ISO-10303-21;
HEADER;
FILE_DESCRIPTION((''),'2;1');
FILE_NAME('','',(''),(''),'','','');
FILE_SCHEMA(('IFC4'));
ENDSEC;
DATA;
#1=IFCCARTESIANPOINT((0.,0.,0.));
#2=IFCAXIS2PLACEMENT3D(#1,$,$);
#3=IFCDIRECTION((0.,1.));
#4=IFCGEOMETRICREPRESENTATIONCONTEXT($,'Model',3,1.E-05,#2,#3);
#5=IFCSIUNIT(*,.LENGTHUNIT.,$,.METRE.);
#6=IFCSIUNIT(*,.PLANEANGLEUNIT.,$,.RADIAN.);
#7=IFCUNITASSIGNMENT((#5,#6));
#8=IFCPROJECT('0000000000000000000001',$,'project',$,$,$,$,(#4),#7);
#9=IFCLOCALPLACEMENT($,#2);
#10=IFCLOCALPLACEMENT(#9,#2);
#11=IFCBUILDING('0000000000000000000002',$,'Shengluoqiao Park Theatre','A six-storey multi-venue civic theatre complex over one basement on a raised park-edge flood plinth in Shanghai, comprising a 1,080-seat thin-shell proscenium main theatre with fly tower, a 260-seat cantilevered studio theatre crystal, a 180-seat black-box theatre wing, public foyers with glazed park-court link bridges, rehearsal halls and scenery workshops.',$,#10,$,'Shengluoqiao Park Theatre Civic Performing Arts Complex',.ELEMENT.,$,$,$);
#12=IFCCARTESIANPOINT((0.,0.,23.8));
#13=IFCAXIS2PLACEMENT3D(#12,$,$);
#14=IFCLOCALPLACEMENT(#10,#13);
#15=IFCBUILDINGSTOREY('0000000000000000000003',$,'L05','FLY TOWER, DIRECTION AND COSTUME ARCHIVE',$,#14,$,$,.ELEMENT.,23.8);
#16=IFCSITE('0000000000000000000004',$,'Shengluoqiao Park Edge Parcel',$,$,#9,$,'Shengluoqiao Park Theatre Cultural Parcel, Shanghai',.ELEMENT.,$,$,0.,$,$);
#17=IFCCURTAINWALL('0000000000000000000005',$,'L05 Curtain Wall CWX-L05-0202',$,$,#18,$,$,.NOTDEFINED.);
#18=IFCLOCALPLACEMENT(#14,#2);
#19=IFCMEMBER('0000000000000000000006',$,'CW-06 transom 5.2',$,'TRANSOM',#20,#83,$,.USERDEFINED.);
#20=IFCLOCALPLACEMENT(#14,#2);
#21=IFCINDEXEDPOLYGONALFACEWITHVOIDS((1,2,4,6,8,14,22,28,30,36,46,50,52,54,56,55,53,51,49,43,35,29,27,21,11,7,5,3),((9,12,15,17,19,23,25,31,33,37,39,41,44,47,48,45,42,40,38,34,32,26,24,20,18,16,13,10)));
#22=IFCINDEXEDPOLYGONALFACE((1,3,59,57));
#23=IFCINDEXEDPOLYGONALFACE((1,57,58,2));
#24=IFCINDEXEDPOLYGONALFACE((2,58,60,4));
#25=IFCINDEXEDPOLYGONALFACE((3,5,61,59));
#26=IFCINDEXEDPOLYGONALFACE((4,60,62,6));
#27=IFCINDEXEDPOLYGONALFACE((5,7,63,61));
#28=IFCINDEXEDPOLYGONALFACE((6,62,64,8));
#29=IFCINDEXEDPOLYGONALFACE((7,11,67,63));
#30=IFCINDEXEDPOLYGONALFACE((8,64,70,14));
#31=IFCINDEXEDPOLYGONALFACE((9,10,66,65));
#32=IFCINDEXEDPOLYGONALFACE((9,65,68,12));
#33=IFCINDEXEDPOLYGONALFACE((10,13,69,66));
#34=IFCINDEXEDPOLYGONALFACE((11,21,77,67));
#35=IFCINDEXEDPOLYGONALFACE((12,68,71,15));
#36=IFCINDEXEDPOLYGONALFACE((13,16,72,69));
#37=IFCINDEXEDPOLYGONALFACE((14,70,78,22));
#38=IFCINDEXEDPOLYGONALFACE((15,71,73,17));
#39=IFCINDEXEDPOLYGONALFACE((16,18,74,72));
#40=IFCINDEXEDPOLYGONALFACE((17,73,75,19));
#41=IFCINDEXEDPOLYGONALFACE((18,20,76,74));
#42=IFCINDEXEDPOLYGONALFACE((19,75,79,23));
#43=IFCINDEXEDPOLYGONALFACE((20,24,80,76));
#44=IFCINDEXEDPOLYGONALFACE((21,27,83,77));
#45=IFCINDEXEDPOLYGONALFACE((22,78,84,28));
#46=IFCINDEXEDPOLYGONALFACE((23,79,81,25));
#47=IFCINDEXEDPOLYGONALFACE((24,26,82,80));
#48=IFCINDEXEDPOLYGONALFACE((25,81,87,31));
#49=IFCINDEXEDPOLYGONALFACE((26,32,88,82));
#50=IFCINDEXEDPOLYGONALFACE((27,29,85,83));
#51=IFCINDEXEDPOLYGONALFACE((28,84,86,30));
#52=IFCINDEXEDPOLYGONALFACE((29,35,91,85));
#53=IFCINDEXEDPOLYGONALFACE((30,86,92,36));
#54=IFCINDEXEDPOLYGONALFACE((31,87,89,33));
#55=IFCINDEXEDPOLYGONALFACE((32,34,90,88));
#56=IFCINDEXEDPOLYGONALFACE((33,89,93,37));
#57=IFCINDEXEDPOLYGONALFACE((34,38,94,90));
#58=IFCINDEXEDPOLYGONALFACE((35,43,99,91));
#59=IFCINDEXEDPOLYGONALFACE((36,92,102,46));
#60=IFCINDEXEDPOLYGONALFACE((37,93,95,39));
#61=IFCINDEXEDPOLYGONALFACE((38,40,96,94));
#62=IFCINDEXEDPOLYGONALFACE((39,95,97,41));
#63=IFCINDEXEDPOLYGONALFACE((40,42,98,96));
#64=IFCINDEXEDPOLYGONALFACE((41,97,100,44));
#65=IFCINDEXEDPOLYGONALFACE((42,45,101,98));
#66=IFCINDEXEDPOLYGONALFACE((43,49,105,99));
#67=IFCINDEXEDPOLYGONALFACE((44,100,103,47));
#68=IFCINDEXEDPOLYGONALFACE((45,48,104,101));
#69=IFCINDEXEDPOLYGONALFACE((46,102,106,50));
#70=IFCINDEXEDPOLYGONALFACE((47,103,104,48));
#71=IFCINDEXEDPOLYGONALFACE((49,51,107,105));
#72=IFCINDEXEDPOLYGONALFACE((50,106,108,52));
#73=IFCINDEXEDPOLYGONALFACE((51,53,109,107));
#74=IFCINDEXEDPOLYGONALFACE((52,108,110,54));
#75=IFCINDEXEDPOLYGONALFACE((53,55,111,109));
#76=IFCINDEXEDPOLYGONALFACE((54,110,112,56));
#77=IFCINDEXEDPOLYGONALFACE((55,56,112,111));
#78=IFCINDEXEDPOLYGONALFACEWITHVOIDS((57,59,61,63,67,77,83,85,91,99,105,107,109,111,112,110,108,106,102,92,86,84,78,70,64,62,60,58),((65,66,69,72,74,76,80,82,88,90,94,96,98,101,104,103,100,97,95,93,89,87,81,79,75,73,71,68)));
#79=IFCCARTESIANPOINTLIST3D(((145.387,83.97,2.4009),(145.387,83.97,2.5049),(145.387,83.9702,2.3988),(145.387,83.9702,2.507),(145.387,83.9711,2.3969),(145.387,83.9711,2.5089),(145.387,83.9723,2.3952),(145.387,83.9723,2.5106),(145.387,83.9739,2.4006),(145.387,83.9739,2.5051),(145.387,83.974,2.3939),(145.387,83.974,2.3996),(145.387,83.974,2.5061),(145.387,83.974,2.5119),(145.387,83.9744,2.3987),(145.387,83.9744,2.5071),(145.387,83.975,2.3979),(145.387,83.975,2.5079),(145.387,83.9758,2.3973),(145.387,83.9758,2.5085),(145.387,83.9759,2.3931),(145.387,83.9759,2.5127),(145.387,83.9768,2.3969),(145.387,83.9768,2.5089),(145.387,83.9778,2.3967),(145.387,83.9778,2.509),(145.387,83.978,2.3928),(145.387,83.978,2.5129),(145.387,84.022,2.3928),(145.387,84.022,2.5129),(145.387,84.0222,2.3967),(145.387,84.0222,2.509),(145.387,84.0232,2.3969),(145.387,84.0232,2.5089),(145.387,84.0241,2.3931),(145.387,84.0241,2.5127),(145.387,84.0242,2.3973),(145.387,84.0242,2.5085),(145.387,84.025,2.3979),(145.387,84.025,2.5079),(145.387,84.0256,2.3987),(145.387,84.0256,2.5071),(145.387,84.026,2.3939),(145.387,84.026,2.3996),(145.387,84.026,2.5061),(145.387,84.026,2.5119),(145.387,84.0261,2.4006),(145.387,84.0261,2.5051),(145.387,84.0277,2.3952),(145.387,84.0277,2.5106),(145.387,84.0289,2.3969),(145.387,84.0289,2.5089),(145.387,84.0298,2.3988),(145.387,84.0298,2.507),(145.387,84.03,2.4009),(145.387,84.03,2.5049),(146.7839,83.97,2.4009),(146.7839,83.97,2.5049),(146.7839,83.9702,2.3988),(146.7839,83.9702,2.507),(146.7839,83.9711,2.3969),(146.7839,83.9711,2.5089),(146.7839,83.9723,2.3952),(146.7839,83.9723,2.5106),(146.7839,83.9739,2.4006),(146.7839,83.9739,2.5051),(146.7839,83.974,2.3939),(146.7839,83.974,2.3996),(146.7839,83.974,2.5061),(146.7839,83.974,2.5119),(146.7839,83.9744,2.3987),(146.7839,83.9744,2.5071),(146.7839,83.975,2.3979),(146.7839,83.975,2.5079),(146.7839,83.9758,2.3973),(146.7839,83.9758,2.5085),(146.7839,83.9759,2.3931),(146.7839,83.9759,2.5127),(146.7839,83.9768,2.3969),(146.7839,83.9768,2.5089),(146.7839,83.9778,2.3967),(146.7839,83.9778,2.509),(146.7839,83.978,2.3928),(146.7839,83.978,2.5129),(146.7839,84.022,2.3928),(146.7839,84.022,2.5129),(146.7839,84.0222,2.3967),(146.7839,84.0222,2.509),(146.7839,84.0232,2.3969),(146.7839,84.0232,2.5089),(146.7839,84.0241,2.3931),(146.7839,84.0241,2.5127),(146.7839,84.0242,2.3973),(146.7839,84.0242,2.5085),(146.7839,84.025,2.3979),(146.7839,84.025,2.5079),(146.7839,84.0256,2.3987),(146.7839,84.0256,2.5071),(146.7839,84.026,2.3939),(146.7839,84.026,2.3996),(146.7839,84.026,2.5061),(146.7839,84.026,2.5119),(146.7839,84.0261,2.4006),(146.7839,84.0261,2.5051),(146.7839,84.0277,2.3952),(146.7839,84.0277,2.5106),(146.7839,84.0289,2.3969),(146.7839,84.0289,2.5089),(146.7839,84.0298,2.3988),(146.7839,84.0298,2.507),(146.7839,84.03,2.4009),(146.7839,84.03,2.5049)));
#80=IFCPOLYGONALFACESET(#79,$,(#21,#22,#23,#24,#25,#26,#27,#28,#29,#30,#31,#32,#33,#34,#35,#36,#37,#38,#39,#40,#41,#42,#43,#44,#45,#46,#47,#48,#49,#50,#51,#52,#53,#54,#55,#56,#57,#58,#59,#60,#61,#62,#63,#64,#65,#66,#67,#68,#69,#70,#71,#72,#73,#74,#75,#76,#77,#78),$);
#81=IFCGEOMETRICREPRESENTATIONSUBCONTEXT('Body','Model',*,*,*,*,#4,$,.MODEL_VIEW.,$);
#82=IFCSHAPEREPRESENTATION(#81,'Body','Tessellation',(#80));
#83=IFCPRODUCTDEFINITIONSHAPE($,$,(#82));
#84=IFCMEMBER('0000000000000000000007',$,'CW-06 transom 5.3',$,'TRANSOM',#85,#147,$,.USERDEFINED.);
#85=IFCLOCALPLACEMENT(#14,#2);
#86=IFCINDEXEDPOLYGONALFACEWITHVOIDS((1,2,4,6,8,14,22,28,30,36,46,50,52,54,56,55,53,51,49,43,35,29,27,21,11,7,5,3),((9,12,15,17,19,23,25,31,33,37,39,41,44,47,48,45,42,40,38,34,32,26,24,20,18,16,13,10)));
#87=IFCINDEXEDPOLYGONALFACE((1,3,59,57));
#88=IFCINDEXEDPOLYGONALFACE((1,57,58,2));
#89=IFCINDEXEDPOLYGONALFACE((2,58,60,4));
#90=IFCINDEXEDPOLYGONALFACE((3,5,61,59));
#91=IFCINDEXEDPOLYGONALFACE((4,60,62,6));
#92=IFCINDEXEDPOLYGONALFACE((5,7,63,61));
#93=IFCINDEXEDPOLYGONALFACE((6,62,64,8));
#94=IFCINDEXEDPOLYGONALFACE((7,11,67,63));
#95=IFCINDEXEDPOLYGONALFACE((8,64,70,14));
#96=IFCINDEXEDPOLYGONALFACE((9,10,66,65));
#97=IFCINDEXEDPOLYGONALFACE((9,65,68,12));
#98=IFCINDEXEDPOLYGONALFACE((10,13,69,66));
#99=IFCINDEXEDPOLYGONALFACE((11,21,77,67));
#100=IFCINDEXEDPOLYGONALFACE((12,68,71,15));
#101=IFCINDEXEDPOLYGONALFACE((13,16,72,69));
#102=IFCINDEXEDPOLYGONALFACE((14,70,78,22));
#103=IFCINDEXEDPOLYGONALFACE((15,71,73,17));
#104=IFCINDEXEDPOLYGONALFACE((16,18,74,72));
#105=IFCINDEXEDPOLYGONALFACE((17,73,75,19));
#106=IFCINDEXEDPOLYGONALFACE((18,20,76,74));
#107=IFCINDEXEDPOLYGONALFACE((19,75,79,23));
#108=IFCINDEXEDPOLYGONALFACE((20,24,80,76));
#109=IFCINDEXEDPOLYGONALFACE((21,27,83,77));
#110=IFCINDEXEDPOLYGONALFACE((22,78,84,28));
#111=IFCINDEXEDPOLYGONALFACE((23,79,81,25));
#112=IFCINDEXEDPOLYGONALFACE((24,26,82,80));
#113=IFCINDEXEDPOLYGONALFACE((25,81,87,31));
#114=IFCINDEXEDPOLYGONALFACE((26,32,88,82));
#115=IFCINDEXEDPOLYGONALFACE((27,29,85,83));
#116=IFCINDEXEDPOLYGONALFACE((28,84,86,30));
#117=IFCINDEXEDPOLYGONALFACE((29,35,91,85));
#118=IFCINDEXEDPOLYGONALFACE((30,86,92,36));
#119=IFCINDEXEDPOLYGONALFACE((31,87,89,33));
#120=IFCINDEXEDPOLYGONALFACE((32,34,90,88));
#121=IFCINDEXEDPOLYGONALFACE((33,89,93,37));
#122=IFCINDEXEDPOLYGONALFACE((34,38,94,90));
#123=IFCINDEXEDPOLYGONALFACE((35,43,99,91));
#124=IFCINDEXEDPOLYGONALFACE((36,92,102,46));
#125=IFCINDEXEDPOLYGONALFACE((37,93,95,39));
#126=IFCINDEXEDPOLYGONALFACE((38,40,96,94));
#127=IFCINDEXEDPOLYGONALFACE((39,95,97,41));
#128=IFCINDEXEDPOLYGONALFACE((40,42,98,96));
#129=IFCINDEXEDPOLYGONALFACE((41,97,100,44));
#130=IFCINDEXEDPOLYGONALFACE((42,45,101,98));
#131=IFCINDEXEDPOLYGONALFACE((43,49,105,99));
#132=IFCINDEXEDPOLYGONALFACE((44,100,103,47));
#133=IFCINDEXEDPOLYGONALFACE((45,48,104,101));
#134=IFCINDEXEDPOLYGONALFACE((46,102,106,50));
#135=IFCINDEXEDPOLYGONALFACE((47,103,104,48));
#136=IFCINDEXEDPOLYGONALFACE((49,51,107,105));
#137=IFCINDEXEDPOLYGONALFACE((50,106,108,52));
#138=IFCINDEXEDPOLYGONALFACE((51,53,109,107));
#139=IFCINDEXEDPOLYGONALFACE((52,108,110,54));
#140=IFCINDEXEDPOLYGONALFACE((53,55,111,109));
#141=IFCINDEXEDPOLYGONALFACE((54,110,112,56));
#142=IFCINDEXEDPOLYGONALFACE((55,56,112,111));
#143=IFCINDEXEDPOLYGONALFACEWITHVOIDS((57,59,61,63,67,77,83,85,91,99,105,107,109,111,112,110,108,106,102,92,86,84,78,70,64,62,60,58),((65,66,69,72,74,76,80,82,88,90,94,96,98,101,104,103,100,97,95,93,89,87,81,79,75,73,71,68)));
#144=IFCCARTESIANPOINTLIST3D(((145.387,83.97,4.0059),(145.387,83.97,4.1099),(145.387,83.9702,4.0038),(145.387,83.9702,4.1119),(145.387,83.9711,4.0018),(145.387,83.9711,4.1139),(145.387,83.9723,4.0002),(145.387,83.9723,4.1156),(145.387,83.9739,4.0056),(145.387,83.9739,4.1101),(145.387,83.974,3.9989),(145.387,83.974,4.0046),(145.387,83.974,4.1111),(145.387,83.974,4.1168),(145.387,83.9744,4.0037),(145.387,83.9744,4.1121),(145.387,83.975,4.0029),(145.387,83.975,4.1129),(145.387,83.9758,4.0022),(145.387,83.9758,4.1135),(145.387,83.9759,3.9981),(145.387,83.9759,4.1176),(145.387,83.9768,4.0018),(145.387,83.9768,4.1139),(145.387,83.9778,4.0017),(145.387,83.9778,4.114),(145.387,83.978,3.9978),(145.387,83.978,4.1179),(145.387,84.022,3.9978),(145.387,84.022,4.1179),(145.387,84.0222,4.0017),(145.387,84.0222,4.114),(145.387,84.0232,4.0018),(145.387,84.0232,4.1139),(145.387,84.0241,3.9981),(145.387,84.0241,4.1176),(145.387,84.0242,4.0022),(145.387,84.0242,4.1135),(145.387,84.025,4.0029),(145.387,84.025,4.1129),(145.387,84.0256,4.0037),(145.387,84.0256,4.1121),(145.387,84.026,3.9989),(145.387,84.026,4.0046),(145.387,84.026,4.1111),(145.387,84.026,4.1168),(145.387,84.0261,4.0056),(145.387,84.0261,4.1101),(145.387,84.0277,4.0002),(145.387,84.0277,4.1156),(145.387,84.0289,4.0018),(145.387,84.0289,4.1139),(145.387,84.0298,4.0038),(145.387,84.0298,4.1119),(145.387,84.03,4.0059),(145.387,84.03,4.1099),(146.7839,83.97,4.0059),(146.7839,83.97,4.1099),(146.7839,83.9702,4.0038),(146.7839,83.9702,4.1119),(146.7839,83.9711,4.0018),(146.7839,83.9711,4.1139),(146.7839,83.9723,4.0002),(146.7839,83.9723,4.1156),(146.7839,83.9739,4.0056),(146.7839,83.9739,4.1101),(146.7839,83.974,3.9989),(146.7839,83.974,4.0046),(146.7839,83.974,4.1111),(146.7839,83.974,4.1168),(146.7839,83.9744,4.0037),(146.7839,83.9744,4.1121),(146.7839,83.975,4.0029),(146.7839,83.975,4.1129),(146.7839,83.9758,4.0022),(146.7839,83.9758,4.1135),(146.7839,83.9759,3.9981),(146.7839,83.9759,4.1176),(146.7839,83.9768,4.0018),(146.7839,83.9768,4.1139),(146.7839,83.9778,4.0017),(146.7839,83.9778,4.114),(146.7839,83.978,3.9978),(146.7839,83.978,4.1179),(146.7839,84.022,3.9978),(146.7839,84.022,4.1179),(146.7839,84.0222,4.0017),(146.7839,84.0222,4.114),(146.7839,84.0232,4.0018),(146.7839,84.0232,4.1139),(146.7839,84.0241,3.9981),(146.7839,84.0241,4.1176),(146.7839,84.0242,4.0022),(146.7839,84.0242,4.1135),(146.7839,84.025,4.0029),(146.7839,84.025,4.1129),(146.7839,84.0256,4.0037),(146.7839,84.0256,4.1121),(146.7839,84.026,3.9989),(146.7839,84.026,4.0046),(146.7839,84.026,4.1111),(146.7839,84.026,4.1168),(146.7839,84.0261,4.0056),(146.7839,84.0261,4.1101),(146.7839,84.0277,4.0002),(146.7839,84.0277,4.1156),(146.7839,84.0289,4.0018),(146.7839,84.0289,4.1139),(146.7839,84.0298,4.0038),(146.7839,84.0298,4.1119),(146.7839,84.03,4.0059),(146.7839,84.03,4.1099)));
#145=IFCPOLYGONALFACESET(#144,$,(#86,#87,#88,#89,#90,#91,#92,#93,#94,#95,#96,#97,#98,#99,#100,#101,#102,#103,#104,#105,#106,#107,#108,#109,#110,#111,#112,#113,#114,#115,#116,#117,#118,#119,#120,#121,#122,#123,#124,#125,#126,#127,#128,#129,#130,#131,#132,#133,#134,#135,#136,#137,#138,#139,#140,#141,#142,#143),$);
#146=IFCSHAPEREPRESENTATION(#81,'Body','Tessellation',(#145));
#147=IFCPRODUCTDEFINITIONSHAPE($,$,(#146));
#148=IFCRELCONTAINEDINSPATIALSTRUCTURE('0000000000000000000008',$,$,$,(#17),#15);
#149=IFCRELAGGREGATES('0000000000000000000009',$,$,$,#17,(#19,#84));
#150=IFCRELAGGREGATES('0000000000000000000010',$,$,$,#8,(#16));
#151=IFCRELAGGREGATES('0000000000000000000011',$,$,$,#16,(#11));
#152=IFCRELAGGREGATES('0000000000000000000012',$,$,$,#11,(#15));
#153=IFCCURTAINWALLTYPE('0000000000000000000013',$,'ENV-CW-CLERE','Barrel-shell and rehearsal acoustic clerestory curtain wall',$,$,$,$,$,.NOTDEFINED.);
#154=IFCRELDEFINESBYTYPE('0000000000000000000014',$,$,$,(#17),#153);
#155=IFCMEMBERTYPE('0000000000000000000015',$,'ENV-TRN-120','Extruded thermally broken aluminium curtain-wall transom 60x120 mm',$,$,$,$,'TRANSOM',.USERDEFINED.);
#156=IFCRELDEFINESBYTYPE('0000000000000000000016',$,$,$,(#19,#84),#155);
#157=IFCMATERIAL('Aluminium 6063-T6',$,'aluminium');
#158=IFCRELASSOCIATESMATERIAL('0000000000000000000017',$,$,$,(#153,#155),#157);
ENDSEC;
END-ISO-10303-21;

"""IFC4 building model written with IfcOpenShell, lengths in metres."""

from ifc_helpers import new_model, si_unit, direction, frame, origin, origin_2d, place, context, subcontext, project, spatial, hollow_rectangle, extrude, material, material_profile, profile_set, type_object, element, aggregate, save


model = new_model("IFC4")

# Units and contexts
model_context = context("Model", 3, precision=1e-05, world=origin(), true_north=direction((0.0, 1.0)))
body_context = subcontext(model_context, "Body", "Model", "MODEL_VIEW")
ifc_project = project(units=[si_unit("LENGTHUNIT", "METRE"), si_unit("PLANEANGLEUNIT", "RADIAN")], contexts=[model_context])

# Site, building, storey
site_placement = place(None, origin())
site = spatial("IfcSite", under=ifc_project, at=site_placement, Name="Shengluoqiao Park Edge Parcel", LongName="Shengluoqiao Park Theatre Cultural Parcel, Shanghai", CompositionType="ELEMENT", RefElevation=0.0)
building_placement = place(site_placement, origin())
building = spatial("IfcBuilding", under=site, at=building_placement, Name="Shengluoqiao Park Theatre", Description="A six-storey multi-venue civic theatre complex over one basement on a raised park-edge flood plinth in Shanghai, comprising a 1,080-seat thin-shell proscenium main theatre with fly tower, a 260-seat cantilevered studio theatre crystal, a 180-seat black-box theatre wing, public foyers with glazed park-court link bridges, rehearsal halls and scenery workshops.", LongName="Shengluoqiao Park Theatre Civic Performing Arts Complex", CompositionType="ELEMENT")
storey_placement = place(building_placement, frame((0.0, 0.0, 23.8)))
storey = spatial("IfcBuildingStorey", under=building, at=storey_placement, Name="L05", Description="FLY TOWER, DIRECTION AND COSTUME ARCHIVE", CompositionType="ELEMENT", Elevation=23.8)

# Curtain wall, members
ifc_material_1 = material(Name="Aluminium 6063-T6", Category="aluminium")
curtain_wall_type = type_object("IfcCurtainWallType", Name="ENV-CW-CLERE", Description="Barrel-shell and rehearsal acoustic clerestory curtain wall", PredefinedType="NOTDEFINED", material=ifc_material_1)
curtain_wall_placement = place(storey_placement, origin())
curtain_wall = element("IfcCurtainWall", 1, at=curtain_wall_placement, inside=storey, type_object=curtain_wall_type, Name="L05 Curtain Wall CWX-L05-0202", PredefinedType="NOTDEFINED")
ifc_material_profile_1 = material_profile(ifc_material_1, hollow_rectangle(XDim=0.0601, YDim=0.1201, WallThickness=0.0039, InnerFilletRadius=0.0039, OuterFilletRadius=0.0081, at=origin_2d()), Name="ALU TRANSOM 120x60x4")
ifc_profile_set_1 = profile_set([ifc_material_profile_1], Name="Aluminium 6063-T6")
member_type_1 = type_object("IfcMemberType", Name="ENV-TRN-120", Description="Extruded thermally broken aluminium curtain-wall transom 60x120 mm", ElementType="TRANSOM", PredefinedType="USERDEFINED", material=ifc_profile_set_1)
member_1_placement = place(storey_placement, frame((145.387, 84.0, 2.4529), z_axis=(1.0, 0.0, 0.0), x_axis=(0.0, 1.0, 0.0)))
member_1 = element("IfcMember", 2, at=member_1_placement, type_object=member_type_1, Name="CW-06 transom 5.2", ObjectType="TRANSOM", PredefinedType="USERDEFINED", context=body_context, shape_type="SweptSolid", body=[
    extrude(hollow_rectangle(XDim=0.0601, YDim=0.1201, WallThickness=0.0039, InnerFilletRadius=0.0039, OuterFilletRadius=0.0081, at=origin_2d()), origin(), (0.0, 0.0, 1.0), 1.397),
])
member_2_placement = place(storey_placement, frame((145.387, 84.0, 4.0579), z_axis=(1.0, 0.0, 0.0), x_axis=(0.0, 1.0, 0.0)))
member_2 = element("IfcMember", 3, at=member_2_placement, type_object=member_type_1, Name="CW-06 transom 5.3", ObjectType="TRANSOM", PredefinedType="USERDEFINED", context=body_context, shape_type="SweptSolid", body=[
    extrude(hollow_rectangle(XDim=0.0601, YDim=0.1201, WallThickness=0.0039, InnerFilletRadius=0.0039, OuterFilletRadius=0.0081, at=origin_2d()), origin(), (0.0, 0.0, 1.0), 1.397),
])
aggregate(curtain_wall, [member_1, member_2])

save(model, "model.ifc")
